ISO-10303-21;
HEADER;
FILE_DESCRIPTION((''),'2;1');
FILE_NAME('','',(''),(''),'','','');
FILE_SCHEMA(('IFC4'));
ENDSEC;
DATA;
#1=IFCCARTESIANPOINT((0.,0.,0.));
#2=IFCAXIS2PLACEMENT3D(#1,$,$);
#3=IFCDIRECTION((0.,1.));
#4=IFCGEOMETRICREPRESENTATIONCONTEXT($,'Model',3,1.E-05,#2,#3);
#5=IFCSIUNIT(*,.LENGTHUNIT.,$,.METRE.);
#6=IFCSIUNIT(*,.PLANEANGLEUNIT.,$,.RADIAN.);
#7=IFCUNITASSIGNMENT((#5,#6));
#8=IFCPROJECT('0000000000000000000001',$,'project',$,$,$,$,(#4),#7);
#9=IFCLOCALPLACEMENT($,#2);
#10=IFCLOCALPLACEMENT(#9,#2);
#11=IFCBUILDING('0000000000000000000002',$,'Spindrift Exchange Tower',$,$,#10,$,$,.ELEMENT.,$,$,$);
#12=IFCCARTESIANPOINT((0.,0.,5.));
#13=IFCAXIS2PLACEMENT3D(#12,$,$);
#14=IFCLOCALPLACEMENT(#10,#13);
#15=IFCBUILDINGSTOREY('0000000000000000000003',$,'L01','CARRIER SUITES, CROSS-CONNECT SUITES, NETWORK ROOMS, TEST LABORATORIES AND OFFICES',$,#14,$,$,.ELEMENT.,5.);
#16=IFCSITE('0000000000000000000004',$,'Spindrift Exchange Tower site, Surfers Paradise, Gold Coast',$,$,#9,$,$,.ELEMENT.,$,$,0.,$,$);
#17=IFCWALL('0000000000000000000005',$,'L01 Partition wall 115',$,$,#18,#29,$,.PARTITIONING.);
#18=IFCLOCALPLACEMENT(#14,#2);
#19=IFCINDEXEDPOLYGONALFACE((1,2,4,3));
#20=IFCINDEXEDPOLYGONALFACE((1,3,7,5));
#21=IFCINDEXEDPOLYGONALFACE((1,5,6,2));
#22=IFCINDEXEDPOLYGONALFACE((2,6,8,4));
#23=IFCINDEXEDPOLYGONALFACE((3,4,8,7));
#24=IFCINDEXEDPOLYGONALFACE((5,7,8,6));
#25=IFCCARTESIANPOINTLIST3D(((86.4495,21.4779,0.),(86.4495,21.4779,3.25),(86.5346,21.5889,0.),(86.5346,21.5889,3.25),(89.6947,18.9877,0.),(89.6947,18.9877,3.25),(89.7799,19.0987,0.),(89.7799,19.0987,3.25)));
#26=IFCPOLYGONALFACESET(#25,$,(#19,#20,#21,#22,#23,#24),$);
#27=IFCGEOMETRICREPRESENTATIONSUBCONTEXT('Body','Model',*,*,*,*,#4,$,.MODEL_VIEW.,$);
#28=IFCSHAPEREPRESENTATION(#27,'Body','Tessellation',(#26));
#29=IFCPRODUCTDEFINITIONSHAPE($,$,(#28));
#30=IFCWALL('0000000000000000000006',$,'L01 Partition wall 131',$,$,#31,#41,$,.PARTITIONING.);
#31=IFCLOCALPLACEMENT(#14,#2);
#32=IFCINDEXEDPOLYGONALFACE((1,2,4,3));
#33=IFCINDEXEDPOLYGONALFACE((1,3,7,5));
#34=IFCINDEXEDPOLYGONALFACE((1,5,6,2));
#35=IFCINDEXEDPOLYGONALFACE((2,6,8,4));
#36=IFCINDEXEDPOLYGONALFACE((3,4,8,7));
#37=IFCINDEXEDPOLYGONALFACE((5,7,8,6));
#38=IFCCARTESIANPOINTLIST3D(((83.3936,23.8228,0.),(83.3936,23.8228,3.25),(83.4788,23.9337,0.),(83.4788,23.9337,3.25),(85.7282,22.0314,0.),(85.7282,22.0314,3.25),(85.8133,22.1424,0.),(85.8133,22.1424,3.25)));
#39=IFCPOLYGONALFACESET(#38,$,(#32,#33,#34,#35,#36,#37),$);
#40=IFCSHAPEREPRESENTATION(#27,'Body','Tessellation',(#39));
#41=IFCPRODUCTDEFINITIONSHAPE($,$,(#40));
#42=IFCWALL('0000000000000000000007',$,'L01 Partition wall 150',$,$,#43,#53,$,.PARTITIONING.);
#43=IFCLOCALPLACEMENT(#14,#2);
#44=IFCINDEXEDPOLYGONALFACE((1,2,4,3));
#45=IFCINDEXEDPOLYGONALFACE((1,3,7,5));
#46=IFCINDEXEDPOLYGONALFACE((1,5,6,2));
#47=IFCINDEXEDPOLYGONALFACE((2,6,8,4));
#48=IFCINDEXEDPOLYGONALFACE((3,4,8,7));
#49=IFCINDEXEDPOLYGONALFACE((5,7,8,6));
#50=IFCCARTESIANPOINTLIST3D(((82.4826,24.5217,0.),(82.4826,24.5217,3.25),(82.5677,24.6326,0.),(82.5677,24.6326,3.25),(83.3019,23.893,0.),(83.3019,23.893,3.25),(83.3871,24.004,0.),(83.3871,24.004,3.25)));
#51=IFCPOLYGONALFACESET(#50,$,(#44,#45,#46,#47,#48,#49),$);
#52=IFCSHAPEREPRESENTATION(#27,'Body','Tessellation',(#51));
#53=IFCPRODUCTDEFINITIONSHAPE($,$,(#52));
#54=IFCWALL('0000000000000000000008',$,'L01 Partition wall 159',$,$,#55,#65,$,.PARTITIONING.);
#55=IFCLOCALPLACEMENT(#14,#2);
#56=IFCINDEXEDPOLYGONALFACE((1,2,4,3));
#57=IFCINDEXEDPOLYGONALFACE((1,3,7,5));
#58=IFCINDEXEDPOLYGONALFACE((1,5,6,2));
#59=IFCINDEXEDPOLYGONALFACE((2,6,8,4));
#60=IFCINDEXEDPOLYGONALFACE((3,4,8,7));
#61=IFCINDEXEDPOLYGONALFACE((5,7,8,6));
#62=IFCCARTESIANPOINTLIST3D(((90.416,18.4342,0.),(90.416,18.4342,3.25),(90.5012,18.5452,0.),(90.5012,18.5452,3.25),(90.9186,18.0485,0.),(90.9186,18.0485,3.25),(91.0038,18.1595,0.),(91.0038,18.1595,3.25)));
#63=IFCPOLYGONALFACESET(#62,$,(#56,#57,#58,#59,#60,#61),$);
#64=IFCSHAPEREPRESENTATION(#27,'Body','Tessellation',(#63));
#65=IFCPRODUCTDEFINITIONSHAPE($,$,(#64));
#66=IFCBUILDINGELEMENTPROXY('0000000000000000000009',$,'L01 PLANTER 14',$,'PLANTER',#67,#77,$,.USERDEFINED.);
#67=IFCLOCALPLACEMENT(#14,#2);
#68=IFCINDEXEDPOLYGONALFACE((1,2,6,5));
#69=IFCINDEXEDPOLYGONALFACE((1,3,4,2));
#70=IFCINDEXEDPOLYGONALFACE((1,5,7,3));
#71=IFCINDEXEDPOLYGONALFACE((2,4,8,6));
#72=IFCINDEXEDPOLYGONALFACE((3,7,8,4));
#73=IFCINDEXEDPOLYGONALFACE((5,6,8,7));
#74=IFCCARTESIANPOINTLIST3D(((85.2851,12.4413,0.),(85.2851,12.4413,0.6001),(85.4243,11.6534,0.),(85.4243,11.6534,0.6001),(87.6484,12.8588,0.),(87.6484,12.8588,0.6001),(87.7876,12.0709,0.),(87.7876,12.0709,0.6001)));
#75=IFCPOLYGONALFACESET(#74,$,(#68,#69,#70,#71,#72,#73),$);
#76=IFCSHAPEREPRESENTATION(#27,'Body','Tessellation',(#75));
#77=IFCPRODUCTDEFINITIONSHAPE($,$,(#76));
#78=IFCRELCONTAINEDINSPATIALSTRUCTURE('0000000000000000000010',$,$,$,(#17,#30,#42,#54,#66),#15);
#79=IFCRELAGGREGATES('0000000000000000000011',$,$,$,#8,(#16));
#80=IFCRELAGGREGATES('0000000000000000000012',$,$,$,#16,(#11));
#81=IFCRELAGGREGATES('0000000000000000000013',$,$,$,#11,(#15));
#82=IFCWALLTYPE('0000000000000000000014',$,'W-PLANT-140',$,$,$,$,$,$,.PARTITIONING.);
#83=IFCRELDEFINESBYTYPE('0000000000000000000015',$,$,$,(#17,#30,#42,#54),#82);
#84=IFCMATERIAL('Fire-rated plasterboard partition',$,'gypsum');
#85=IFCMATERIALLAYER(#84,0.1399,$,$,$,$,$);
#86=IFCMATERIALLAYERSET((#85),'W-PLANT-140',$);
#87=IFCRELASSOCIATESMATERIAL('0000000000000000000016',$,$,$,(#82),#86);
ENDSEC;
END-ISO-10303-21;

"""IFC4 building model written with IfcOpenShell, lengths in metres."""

from ifc_helpers import new_model, si_unit, direction, frame, frame_2d, origin, origin_2d, place, context, subcontext, project, spatial, rectangle, extrude, source, transform, mapped, material, layer, layer_set, type_object, element, save


model = new_model("IFC4")

# Units and contexts
model_context = context("Model", 3, precision=1e-05, world=origin(), true_north=direction((0.0, 1.0)))
body_context = subcontext(model_context, "Body", "Model", "MODEL_VIEW")
ifc_project = project(units=[si_unit("LENGTHUNIT", "METRE"), si_unit("PLANEANGLEUNIT", "RADIAN")], contexts=[model_context])

# Site, building, storey
site_placement = place(None, origin())
site = spatial("IfcSite", under=ifc_project, at=site_placement, Name="Spindrift Exchange Tower site, Surfers Paradise, Gold Coast", CompositionType="ELEMENT", RefElevation=0.0)
building_placement = place(site_placement, origin())
building = spatial("IfcBuilding", under=site, at=building_placement, Name="Spindrift Exchange Tower", CompositionType="ELEMENT")
storey_placement = place(building_placement, frame((0.0, 0.0, 5.0)))
storey = spatial("IfcBuildingStorey", under=building, at=storey_placement, Name="L01", Description="CARRIER SUITES, CROSS-CONNECT SUITES, NETWORK ROOMS, TEST LABORATORIES AND OFFICES", CompositionType="ELEMENT", Elevation=5.0)

# Shared definitions
ifc_material_1 = material(Name="Fire-rated plasterboard partition", Category="gypsum")
ifc_layer_1 = layer(ifc_material_1, 0.1399)
ifc_layer_set_1 = layer_set([ifc_layer_1], Name="W-PLANT-140")
wall_type = type_object("IfcWallType", Name="W-PLANT-140", PredefinedType="PARTITIONING", material=ifc_layer_set_1)

# Walls
wall_1_placement = place(storey_placement, frame((86.4919, 21.5334, 0.0), z_axis=(0.0, 0.0, 1.0), x_axis=(0.793356, -0.608759, 0.0)))
element("IfcWall", 1, at=wall_1_placement, inside=storey, type_object=wall_type, Name="L01 Partition wall 115", PredefinedType="PARTITIONING", context=body_context, shape_type="SweptSolid", body=[
    extrude(rectangle(XDim=4.0906, YDim=0.1399, at=frame_2d((2.0454, 0.0))), origin(), (0.0, 0.0, 1.0), 3.25),
])
wall_2_placement = place(storey_placement, frame((83.4363, 23.8782, 0.0), z_axis=(0.0, 0.0, 1.0), x_axis=(0.793361, -0.608752, 0.0)))
element("IfcWall", 2, at=wall_2_placement, inside=storey, type_object=wall_type, Name="L01 Partition wall 131", PredefinedType="PARTITIONING", context=body_context, shape_type="SweptSolid", body=[
    extrude(rectangle(XDim=2.9426, YDim=0.1399, at=frame_2d((1.4712, 0.0))), origin(), (0.0, 0.0, 1.0), 3.25),
])
wall_3_placement = place(storey_placement, frame((82.5251, 24.5771, 0.0), z_axis=(0.0, 0.0, 1.0), x_axis=(0.79337, -0.608739, 0.0)))
element("IfcWall", 3, at=wall_3_placement, inside=storey, type_object=wall_type, Name="L01 Partition wall 150", PredefinedType="PARTITIONING", context=body_context, shape_type="SweptSolid", body=[
    extrude(rectangle(XDim=1.0327, YDim=0.1399, at=frame_2d((0.5164, 0.0))), origin(), (0.0, 0.0, 1.0), 3.25),
])
wall_4_placement = place(storey_placement, frame((90.4585, 18.4897, 0.0), z_axis=(0.0, 0.0, 1.0), x_axis=(0.79334, -0.608779, 0.0)))
element("IfcWall", 4, at=wall_4_placement, inside=storey, type_object=wall_type, Name="L01 Partition wall 159", PredefinedType="PARTITIONING", context=body_context, shape_type="SweptSolid", body=[
    extrude(rectangle(XDim=0.6335, YDim=0.1399, at=frame_2d((0.3169, 0.0))), origin(), (0.0, 0.0, 1.0), 3.25),
])

# Building element proxy
shared_shape_1 = source(origin(), body_context, "Body", "SweptSolid", [
    extrude(rectangle(XDim=2.3999, YDim=0.8, at=origin_2d()), origin(), (0.0, 0.0, 1.0), 0.6001),
])
proxy_placement = place(storey_placement, frame((86.5364, 12.2561, 0.0), z_axis=(0.0, 0.0, 1.0), x_axis=(-0.98475, -0.173975, 0.0)))
element("IfcBuildingElementProxy", 5, at=proxy_placement, inside=storey, Name="L01 PLANTER 14", ObjectType="PLANTER", PredefinedType="USERDEFINED", context=body_context, shape_type="MappedRepresentation", body=[
    mapped(shared_shape_1, transform((0.0, 0.0, 0.0), scale=1.0)),
])

save(model, "model.ifc")
